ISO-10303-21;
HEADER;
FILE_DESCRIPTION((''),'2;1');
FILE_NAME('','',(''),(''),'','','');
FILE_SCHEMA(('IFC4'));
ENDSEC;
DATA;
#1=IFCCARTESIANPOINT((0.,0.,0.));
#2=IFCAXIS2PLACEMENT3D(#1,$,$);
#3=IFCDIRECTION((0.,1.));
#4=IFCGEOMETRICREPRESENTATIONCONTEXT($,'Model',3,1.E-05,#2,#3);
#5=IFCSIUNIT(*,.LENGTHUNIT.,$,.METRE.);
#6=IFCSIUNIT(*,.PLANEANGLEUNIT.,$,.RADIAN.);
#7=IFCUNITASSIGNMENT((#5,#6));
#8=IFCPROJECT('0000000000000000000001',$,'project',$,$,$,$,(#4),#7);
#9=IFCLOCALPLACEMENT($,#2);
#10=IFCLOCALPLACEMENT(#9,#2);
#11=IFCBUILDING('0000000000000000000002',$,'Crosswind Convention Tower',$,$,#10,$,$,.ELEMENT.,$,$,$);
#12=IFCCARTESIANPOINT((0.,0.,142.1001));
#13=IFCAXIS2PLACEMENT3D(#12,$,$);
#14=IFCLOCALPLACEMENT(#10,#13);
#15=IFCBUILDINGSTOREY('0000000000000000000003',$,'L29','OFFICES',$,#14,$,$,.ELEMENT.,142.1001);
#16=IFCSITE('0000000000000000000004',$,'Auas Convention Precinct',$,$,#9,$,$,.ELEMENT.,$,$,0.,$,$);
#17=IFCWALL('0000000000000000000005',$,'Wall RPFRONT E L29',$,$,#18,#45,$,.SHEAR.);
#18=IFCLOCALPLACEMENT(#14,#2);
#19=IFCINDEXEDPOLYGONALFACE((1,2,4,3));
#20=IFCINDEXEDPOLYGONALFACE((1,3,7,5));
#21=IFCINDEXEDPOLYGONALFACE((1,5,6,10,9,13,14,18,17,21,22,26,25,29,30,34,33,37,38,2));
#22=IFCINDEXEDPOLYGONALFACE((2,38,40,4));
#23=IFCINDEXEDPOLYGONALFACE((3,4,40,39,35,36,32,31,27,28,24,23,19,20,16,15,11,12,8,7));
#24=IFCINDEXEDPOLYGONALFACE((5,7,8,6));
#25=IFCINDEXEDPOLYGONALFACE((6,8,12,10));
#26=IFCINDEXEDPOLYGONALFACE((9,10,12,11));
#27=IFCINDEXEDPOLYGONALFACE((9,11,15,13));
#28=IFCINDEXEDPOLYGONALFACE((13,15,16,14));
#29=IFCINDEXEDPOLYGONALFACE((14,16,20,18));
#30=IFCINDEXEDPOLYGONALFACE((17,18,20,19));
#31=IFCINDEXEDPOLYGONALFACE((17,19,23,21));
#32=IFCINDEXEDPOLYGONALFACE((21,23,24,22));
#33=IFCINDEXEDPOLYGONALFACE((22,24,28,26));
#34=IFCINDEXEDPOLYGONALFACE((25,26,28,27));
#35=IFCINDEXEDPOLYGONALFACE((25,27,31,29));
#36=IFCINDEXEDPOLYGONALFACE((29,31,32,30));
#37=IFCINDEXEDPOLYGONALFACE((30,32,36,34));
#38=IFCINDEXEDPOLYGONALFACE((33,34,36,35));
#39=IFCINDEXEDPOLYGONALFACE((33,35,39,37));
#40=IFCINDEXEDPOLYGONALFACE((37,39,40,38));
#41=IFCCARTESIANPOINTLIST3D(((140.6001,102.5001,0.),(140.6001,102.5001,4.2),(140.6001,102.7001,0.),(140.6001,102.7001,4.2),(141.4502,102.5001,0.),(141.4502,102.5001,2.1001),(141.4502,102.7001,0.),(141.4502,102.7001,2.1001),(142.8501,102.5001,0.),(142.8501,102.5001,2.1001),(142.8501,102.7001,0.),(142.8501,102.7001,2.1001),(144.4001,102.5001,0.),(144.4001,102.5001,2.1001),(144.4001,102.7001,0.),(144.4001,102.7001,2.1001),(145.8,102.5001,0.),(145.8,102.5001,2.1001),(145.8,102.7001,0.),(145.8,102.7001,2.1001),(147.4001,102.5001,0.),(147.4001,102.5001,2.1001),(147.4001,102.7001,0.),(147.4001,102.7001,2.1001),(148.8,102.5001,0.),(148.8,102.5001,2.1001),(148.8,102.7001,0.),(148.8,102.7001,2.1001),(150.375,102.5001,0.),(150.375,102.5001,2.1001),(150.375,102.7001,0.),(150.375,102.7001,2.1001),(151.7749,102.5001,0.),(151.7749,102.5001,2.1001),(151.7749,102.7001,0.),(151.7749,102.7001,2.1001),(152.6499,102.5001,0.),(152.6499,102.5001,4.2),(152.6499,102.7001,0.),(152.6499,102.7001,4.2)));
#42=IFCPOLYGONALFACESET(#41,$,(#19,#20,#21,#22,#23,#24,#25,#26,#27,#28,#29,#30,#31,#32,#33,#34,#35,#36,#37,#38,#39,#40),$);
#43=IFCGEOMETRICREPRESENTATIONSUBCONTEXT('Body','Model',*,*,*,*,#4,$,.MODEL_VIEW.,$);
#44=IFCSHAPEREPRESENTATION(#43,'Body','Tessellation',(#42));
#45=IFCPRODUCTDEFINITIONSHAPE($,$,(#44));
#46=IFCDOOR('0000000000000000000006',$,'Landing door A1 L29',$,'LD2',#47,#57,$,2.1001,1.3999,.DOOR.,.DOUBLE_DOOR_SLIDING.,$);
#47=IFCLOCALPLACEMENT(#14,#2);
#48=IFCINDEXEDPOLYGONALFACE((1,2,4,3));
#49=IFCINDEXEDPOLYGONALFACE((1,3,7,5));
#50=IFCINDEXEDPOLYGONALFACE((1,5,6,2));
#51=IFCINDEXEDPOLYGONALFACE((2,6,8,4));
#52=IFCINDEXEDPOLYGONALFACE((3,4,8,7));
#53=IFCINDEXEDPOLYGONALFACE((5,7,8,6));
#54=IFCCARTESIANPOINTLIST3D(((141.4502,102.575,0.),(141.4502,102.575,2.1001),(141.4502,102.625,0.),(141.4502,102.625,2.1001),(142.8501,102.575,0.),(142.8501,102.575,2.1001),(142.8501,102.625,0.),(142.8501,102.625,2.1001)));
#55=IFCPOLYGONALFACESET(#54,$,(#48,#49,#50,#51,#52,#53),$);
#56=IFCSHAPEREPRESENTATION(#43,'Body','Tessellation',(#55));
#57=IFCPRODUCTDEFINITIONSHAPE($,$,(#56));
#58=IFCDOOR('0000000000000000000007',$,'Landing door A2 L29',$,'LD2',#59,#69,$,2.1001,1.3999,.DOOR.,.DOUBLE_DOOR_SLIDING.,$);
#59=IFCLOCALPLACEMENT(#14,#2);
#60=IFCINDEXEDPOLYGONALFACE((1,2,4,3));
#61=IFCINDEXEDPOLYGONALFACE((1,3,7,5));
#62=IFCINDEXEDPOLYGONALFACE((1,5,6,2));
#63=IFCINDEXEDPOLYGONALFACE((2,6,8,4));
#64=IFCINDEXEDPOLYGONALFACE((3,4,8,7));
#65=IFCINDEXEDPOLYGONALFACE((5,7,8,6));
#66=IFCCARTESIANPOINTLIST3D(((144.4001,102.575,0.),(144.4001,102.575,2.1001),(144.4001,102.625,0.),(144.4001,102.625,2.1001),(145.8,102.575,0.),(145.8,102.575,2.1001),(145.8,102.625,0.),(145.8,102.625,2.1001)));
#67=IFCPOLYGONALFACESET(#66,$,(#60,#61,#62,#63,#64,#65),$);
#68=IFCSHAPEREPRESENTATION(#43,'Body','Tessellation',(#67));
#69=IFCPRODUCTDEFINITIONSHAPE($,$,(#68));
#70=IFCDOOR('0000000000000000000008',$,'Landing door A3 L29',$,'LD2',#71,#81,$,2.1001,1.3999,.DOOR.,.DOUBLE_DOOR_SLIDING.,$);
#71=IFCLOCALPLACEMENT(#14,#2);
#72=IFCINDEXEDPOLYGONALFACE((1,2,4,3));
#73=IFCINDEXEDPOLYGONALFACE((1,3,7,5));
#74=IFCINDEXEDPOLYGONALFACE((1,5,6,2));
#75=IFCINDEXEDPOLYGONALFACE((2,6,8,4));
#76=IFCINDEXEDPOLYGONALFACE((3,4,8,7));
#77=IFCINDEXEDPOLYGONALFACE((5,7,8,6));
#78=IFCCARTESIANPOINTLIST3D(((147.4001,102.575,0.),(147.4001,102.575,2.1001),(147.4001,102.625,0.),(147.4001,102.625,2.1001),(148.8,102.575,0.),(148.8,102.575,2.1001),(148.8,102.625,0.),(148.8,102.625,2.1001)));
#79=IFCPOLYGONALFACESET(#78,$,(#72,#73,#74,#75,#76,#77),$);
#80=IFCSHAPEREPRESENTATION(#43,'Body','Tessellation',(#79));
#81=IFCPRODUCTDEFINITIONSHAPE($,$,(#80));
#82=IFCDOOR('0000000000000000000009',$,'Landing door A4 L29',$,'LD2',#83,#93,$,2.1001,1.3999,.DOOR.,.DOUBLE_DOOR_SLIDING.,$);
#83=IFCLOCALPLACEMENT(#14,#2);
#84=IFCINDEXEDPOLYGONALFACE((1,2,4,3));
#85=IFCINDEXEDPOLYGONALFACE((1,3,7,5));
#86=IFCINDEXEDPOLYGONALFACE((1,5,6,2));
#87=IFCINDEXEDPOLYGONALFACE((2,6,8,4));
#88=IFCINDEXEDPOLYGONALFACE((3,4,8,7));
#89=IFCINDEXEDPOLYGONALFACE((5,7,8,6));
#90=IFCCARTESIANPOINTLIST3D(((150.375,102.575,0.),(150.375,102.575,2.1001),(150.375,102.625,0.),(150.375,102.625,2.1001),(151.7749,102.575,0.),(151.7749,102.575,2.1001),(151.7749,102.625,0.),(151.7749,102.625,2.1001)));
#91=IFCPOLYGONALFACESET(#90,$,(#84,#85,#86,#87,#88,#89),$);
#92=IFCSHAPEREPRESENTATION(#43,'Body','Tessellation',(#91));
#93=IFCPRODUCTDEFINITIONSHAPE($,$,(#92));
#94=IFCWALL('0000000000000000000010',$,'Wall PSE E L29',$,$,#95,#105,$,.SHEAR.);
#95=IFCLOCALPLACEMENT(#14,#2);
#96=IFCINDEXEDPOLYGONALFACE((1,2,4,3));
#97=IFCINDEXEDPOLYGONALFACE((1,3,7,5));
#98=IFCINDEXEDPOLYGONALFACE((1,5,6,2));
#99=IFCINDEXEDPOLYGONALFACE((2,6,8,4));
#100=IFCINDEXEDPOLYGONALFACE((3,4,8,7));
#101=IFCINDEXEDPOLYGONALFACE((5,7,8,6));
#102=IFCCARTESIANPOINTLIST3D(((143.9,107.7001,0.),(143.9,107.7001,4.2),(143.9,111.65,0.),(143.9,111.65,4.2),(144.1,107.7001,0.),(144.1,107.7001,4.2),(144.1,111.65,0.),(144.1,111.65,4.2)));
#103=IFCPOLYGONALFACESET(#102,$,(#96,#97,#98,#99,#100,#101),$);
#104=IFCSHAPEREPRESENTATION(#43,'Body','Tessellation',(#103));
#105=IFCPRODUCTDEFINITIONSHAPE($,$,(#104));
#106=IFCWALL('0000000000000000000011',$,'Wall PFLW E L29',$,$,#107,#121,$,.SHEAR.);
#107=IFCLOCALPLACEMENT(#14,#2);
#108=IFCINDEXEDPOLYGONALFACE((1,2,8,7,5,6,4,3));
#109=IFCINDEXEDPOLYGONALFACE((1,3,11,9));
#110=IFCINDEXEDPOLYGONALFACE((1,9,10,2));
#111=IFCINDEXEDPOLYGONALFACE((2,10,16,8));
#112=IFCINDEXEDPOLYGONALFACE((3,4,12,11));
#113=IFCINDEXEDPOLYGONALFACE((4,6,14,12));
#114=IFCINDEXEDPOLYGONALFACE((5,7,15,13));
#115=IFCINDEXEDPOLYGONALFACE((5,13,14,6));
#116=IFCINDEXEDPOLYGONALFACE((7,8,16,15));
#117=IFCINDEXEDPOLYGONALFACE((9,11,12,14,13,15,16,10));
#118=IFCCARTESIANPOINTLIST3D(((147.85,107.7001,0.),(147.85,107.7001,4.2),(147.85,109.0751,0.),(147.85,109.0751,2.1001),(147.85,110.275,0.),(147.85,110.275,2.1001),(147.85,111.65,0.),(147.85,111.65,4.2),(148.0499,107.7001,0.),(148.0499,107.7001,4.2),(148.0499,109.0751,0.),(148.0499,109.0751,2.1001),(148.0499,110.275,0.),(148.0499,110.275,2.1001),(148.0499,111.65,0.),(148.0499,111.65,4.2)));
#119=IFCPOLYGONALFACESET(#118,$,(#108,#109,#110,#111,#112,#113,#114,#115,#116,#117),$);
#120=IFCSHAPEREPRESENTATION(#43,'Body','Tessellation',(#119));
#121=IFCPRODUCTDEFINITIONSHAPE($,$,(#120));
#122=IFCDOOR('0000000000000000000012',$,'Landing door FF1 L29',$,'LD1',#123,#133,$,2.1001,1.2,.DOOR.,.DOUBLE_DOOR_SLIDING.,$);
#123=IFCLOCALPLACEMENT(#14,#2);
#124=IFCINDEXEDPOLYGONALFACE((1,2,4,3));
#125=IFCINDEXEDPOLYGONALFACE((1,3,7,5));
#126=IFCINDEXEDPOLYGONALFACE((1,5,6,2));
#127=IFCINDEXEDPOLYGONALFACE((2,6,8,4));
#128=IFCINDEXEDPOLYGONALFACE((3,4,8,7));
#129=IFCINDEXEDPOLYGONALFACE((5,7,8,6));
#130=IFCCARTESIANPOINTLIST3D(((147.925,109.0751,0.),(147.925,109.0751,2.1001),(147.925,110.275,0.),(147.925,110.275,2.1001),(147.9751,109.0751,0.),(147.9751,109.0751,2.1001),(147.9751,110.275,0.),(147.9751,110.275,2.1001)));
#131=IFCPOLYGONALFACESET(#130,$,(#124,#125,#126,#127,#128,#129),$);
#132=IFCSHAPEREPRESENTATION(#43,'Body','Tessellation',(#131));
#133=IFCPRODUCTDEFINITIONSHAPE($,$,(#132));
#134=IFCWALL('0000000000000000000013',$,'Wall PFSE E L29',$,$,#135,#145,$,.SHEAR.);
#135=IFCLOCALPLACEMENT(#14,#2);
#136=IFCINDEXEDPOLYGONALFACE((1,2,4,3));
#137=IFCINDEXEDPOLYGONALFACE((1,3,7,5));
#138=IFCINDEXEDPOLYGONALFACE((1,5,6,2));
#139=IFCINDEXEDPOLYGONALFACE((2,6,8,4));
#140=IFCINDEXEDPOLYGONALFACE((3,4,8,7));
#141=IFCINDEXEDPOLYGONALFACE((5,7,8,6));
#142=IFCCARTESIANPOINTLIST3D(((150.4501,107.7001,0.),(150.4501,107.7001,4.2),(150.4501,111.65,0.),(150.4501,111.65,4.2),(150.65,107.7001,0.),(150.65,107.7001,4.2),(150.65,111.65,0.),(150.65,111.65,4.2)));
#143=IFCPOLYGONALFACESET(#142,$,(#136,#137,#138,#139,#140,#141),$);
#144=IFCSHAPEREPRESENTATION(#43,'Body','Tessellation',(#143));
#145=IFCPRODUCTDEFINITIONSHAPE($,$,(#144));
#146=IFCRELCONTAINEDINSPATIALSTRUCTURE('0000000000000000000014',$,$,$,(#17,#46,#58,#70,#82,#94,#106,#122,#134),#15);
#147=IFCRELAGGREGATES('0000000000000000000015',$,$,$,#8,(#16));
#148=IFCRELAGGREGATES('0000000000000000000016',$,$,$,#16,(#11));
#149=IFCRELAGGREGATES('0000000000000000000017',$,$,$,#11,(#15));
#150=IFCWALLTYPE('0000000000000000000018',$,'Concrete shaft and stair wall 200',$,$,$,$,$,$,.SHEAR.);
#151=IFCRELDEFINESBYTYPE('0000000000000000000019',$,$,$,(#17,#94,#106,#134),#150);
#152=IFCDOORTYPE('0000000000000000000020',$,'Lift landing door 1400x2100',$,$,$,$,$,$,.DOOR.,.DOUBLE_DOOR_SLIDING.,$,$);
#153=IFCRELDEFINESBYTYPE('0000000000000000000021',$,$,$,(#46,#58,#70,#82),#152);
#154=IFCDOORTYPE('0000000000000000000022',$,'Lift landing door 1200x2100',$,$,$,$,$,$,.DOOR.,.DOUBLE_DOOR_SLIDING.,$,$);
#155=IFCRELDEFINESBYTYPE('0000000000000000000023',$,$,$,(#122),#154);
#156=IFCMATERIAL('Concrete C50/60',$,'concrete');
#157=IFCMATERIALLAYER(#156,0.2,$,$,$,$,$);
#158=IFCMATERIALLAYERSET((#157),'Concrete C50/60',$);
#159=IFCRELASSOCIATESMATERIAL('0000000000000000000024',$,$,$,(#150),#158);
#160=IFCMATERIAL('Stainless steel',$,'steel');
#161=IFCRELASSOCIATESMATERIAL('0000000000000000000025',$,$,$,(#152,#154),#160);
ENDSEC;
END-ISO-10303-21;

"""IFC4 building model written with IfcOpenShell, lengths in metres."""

from ifc_helpers import new_model, si_unit, direction, frame, frame_2d, origin, place, context, subcontext, project, spatial, rectangle, extrude, material, layer, layer_set, type_object, element, fill, save


model = new_model("IFC4")

# Units and contexts
model_context = context("Model", 3, precision=1e-05, world=origin(), true_north=direction((0.0, 1.0)))
body_context = subcontext(model_context, "Body", "Model", "MODEL_VIEW")
ifc_project = project(units=[si_unit("LENGTHUNIT", "METRE"), si_unit("PLANEANGLEUNIT", "RADIAN")], contexts=[model_context])

# Site, building, storey
site_placement = place(None, origin())
site = spatial("IfcSite", under=ifc_project, at=site_placement, Name="Auas Convention Precinct", CompositionType="ELEMENT", RefElevation=0.0)
building_placement = place(site_placement, origin())
building = spatial("IfcBuilding", under=site, at=building_placement, Name="Crosswind Convention Tower", CompositionType="ELEMENT")
storey_placement = place(building_placement, frame((0.0, 0.0, 142.1001)))
storey = spatial("IfcBuildingStorey", under=building, at=storey_placement, Name="L29", Description="OFFICES", CompositionType="ELEMENT", Elevation=142.1001)

# Shared definitions
ifc_material_1 = material(Name="Concrete C50/60", Category="concrete")
ifc_layer_1 = layer(ifc_material_1, 0.2)
ifc_layer_set_1 = layer_set([ifc_layer_1], Name="Concrete C50/60")
wall_type_1 = type_object("IfcWallType", Name="Concrete shaft and stair wall 200", PredefinedType="SHEAR", material=ifc_layer_set_1)

# Wall, openings, doors
wall_1_placement = place(storey_placement, frame((140.6001, 102.6001, 0.0), z_axis=(0.0, 0.0, 1.0), x_axis=(1.0, 0.0, 0.0)))
wall_1 = element("IfcWall", 1, at=wall_1_placement, inside=storey, type_object=wall_type_1, Name="Wall RPFRONT E L29", PredefinedType="SHEAR", context=body_context, shape_type="SweptSolid", body=[
    extrude(rectangle(XDim=12.0498, YDim=0.2, at=frame_2d((6.0249, 0.0))), origin(), (0.0, 0.0, 1.0), 4.2),
])
opening_1_placement = place(wall_1_placement, frame((0.8501, 0.0, 0.0)))
opening_1 = element("IfcOpeningElement", 2, at=opening_1_placement, cuts=wall_1, PredefinedType="OPENING", context=body_context, shape_type="SweptSolid", body=[
    extrude(rectangle(XDim=1.3999, YDim=2.1001, at=frame_2d((0.7, 1.05))), frame((0.0, 0.1099, 0.0), z_axis=(0.0, -1.0, 0.0), x_axis=(1.0, 0.0, 0.0)), (0.0, 0.0, 1.0), 0.22),
])
opening_2_placement = place(wall_1_placement, frame((3.8, 0.0, 0.0)))
opening_2 = element("IfcOpeningElement", 3, at=opening_2_placement, cuts=wall_1, PredefinedType="OPENING", context=body_context, shape_type="SweptSolid", body=[
    extrude(rectangle(XDim=1.3999, YDim=2.1001, at=frame_2d((0.7, 1.05))), frame((0.0, 0.1099, 0.0), z_axis=(0.0, -1.0, 0.0), x_axis=(1.0, 0.0, 0.0)), (0.0, 0.0, 1.0), 0.22),
])
opening_3_placement = place(wall_1_placement, frame((6.8, 0.0, 0.0)))
opening_3 = element("IfcOpeningElement", 4, at=opening_3_placement, cuts=wall_1, PredefinedType="OPENING", context=body_context, shape_type="SweptSolid", body=[
    extrude(rectangle(XDim=1.3999, YDim=2.1001, at=frame_2d((0.7, 1.05))), frame((0.0, 0.1099, 0.0), z_axis=(0.0, -1.0, 0.0), x_axis=(1.0, 0.0, 0.0)), (0.0, 0.0, 1.0), 0.22),
])
opening_4_placement = place(wall_1_placement, frame((9.7749, 0.0, 0.0)))
opening_4 = element("IfcOpeningElement", 5, at=opening_4_placement, cuts=wall_1, PredefinedType="OPENING", context=body_context, shape_type="SweptSolid", body=[
    extrude(rectangle(XDim=1.3999, YDim=2.1001, at=frame_2d((0.7, 1.05))), frame((0.0, 0.1099, 0.0), z_axis=(0.0, -1.0, 0.0), x_axis=(1.0, 0.0, 0.0)), (0.0, 0.0, 1.0), 0.22),
])
ifc_material_2 = material(Name="Stainless steel", Category="steel")
door_type_1 = type_object("IfcDoorType", Name="Lift landing door 1400x2100", OperationType="DOUBLE_DOOR_SLIDING", PredefinedType="DOOR", material=ifc_material_2)
door_1_placement = place(opening_1_placement, origin())
door_1 = element("IfcDoor", 6, at=door_1_placement, inside=storey, type_object=door_type_1, Name="Landing door A1 L29", ObjectType="LD2", OperationType="DOUBLE_DOOR_SLIDING", OverallHeight=2.1001, OverallWidth=1.3999, PredefinedType="DOOR", context=body_context, shape_type="SweptSolid", body=[
    extrude(rectangle(XDim=1.3999, YDim=2.1001, at=frame_2d((0.7, 1.05))), frame((0.0, 0.0249, 0.0), z_axis=(0.0, -1.0, 0.0), x_axis=(1.0, 0.0, 0.0)), (0.0, 0.0, 1.0), 0.05),
])
fill(opening_1, door_1)
door_2_placement = place(opening_2_placement, origin())
door_2 = element("IfcDoor", 7, at=door_2_placement, inside=storey, type_object=door_type_1, Name="Landing door A2 L29", ObjectType="LD2", OperationType="DOUBLE_DOOR_SLIDING", OverallHeight=2.1001, OverallWidth=1.3999, PredefinedType="DOOR", context=body_context, shape_type="SweptSolid", body=[
    extrude(rectangle(XDim=1.3999, YDim=2.1001, at=frame_2d((0.7, 1.05))), frame((0.0, 0.0249, 0.0), z_axis=(0.0, -1.0, 0.0), x_axis=(1.0, 0.0, 0.0)), (0.0, 0.0, 1.0), 0.05),
])
fill(opening_2, door_2)
door_3_placement = place(opening_3_placement, origin())
door_3 = element("IfcDoor", 8, at=door_3_placement, inside=storey, type_object=door_type_1, Name="Landing door A3 L29", ObjectType="LD2", OperationType="DOUBLE_DOOR_SLIDING", OverallHeight=2.1001, OverallWidth=1.3999, PredefinedType="DOOR", context=body_context, shape_type="SweptSolid", body=[
    extrude(rectangle(XDim=1.3999, YDim=2.1001, at=frame_2d((0.7, 1.05))), frame((0.0, 0.0249, 0.0), z_axis=(0.0, -1.0, 0.0), x_axis=(1.0, 0.0, 0.0)), (0.0, 0.0, 1.0), 0.05),
])
fill(opening_3, door_3)
door_4_placement = place(opening_4_placement, origin())
door_4 = element("IfcDoor", 9, at=door_4_placement, inside=storey, type_object=door_type_1, Name="Landing door A4 L29", ObjectType="LD2", OperationType="DOUBLE_DOOR_SLIDING", OverallHeight=2.1001, OverallWidth=1.3999, PredefinedType="DOOR", context=body_context, shape_type="SweptSolid", body=[
    extrude(rectangle(XDim=1.3999, YDim=2.1001, at=frame_2d((0.7, 1.05))), frame((0.0, 0.0249, 0.0), z_axis=(0.0, -1.0, 0.0), x_axis=(1.0, 0.0, 0.0)), (0.0, 0.0, 1.0), 0.05),
])
fill(opening_4, door_4)

# Wall
wall_2_placement = place(storey_placement, frame((144.0, 107.7, 0.0), z_axis=(0.0, 0.0, 1.0), x_axis=(0.0, 1.0, 0.0)))
element("IfcWall", 10, at=wall_2_placement, inside=storey, type_object=wall_type_1, Name="Wall PSE E L29", PredefinedType="SHEAR", context=body_context, shape_type="SweptSolid", body=[
    extrude(rectangle(XDim=3.95, YDim=0.2, at=frame_2d((1.9751, 0.0))), origin(), (0.0, 0.0, 1.0), 4.2),
])

# Wall, opening, door
wall_3_placement = place(storey_placement, frame((147.95, 107.7, 0.0), z_axis=(0.0, 0.0, 1.0), x_axis=(0.0, 1.0, 0.0)))
wall_3 = element("IfcWall", 11, at=wall_3_placement, inside=storey, type_object=wall_type_1, Name="Wall PFLW E L29", PredefinedType="SHEAR", context=body_context, shape_type="SweptSolid", body=[
    extrude(rectangle(XDim=3.95, YDim=0.2, at=frame_2d((1.9751, 0.0))), origin(), (0.0, 0.0, 1.0), 4.2),
])
opening_5_placement = place(wall_3_placement, frame((1.375, 0.0, 0.0)))
opening_5 = element("IfcOpeningElement", 12, at=opening_5_placement, cuts=wall_3, PredefinedType="OPENING", context=body_context, shape_type="SweptSolid", body=[
    extrude(rectangle(XDim=1.2, YDim=2.1001, at=frame_2d((0.6001, 1.05))), frame((0.0, 0.1099, 0.0), z_axis=(0.0, -1.0, 0.0), x_axis=(1.0, 0.0, 0.0)), (0.0, 0.0, 1.0), 0.22),
])
door_type_2 = type_object("IfcDoorType", Name="Lift landing door 1200x2100", OperationType="DOUBLE_DOOR_SLIDING", PredefinedType="DOOR", material=ifc_material_2)
door_5_placement = place(opening_5_placement, origin())
door_5 = element("IfcDoor", 13, at=door_5_placement, inside=storey, type_object=door_type_2, Name="Landing door FF1 L29", ObjectType="LD1", OperationType="DOUBLE_DOOR_SLIDING", OverallHeight=2.1001, OverallWidth=1.2, PredefinedType="DOOR", context=body_context, shape_type="SweptSolid", body=[
    extrude(rectangle(XDim=1.2, YDim=2.1001, at=frame_2d((0.6001, 1.05))), frame((0.0, 0.0249, 0.0), z_axis=(0.0, -1.0, 0.0), x_axis=(1.0, 0.0, 0.0)), (0.0, 0.0, 1.0), 0.05),
])
fill(opening_5, door_5)

# Wall
wall_4_placement = place(storey_placement, frame((150.55, 107.7, 0.0), z_axis=(0.0, 0.0, 1.0), x_axis=(0.0, 1.0, 0.0)))
element("IfcWall", 14, at=wall_4_placement, inside=storey, type_object=wall_type_1, Name="Wall PFSE E L29", PredefinedType="SHEAR", context=body_context, shape_type="SweptSolid", body=[
    extrude(rectangle(XDim=3.95, YDim=0.2, at=frame_2d((1.9751, 0.0))), origin(), (0.0, 0.0, 1.0), 4.2),
])

save(model, "model.ifc")
